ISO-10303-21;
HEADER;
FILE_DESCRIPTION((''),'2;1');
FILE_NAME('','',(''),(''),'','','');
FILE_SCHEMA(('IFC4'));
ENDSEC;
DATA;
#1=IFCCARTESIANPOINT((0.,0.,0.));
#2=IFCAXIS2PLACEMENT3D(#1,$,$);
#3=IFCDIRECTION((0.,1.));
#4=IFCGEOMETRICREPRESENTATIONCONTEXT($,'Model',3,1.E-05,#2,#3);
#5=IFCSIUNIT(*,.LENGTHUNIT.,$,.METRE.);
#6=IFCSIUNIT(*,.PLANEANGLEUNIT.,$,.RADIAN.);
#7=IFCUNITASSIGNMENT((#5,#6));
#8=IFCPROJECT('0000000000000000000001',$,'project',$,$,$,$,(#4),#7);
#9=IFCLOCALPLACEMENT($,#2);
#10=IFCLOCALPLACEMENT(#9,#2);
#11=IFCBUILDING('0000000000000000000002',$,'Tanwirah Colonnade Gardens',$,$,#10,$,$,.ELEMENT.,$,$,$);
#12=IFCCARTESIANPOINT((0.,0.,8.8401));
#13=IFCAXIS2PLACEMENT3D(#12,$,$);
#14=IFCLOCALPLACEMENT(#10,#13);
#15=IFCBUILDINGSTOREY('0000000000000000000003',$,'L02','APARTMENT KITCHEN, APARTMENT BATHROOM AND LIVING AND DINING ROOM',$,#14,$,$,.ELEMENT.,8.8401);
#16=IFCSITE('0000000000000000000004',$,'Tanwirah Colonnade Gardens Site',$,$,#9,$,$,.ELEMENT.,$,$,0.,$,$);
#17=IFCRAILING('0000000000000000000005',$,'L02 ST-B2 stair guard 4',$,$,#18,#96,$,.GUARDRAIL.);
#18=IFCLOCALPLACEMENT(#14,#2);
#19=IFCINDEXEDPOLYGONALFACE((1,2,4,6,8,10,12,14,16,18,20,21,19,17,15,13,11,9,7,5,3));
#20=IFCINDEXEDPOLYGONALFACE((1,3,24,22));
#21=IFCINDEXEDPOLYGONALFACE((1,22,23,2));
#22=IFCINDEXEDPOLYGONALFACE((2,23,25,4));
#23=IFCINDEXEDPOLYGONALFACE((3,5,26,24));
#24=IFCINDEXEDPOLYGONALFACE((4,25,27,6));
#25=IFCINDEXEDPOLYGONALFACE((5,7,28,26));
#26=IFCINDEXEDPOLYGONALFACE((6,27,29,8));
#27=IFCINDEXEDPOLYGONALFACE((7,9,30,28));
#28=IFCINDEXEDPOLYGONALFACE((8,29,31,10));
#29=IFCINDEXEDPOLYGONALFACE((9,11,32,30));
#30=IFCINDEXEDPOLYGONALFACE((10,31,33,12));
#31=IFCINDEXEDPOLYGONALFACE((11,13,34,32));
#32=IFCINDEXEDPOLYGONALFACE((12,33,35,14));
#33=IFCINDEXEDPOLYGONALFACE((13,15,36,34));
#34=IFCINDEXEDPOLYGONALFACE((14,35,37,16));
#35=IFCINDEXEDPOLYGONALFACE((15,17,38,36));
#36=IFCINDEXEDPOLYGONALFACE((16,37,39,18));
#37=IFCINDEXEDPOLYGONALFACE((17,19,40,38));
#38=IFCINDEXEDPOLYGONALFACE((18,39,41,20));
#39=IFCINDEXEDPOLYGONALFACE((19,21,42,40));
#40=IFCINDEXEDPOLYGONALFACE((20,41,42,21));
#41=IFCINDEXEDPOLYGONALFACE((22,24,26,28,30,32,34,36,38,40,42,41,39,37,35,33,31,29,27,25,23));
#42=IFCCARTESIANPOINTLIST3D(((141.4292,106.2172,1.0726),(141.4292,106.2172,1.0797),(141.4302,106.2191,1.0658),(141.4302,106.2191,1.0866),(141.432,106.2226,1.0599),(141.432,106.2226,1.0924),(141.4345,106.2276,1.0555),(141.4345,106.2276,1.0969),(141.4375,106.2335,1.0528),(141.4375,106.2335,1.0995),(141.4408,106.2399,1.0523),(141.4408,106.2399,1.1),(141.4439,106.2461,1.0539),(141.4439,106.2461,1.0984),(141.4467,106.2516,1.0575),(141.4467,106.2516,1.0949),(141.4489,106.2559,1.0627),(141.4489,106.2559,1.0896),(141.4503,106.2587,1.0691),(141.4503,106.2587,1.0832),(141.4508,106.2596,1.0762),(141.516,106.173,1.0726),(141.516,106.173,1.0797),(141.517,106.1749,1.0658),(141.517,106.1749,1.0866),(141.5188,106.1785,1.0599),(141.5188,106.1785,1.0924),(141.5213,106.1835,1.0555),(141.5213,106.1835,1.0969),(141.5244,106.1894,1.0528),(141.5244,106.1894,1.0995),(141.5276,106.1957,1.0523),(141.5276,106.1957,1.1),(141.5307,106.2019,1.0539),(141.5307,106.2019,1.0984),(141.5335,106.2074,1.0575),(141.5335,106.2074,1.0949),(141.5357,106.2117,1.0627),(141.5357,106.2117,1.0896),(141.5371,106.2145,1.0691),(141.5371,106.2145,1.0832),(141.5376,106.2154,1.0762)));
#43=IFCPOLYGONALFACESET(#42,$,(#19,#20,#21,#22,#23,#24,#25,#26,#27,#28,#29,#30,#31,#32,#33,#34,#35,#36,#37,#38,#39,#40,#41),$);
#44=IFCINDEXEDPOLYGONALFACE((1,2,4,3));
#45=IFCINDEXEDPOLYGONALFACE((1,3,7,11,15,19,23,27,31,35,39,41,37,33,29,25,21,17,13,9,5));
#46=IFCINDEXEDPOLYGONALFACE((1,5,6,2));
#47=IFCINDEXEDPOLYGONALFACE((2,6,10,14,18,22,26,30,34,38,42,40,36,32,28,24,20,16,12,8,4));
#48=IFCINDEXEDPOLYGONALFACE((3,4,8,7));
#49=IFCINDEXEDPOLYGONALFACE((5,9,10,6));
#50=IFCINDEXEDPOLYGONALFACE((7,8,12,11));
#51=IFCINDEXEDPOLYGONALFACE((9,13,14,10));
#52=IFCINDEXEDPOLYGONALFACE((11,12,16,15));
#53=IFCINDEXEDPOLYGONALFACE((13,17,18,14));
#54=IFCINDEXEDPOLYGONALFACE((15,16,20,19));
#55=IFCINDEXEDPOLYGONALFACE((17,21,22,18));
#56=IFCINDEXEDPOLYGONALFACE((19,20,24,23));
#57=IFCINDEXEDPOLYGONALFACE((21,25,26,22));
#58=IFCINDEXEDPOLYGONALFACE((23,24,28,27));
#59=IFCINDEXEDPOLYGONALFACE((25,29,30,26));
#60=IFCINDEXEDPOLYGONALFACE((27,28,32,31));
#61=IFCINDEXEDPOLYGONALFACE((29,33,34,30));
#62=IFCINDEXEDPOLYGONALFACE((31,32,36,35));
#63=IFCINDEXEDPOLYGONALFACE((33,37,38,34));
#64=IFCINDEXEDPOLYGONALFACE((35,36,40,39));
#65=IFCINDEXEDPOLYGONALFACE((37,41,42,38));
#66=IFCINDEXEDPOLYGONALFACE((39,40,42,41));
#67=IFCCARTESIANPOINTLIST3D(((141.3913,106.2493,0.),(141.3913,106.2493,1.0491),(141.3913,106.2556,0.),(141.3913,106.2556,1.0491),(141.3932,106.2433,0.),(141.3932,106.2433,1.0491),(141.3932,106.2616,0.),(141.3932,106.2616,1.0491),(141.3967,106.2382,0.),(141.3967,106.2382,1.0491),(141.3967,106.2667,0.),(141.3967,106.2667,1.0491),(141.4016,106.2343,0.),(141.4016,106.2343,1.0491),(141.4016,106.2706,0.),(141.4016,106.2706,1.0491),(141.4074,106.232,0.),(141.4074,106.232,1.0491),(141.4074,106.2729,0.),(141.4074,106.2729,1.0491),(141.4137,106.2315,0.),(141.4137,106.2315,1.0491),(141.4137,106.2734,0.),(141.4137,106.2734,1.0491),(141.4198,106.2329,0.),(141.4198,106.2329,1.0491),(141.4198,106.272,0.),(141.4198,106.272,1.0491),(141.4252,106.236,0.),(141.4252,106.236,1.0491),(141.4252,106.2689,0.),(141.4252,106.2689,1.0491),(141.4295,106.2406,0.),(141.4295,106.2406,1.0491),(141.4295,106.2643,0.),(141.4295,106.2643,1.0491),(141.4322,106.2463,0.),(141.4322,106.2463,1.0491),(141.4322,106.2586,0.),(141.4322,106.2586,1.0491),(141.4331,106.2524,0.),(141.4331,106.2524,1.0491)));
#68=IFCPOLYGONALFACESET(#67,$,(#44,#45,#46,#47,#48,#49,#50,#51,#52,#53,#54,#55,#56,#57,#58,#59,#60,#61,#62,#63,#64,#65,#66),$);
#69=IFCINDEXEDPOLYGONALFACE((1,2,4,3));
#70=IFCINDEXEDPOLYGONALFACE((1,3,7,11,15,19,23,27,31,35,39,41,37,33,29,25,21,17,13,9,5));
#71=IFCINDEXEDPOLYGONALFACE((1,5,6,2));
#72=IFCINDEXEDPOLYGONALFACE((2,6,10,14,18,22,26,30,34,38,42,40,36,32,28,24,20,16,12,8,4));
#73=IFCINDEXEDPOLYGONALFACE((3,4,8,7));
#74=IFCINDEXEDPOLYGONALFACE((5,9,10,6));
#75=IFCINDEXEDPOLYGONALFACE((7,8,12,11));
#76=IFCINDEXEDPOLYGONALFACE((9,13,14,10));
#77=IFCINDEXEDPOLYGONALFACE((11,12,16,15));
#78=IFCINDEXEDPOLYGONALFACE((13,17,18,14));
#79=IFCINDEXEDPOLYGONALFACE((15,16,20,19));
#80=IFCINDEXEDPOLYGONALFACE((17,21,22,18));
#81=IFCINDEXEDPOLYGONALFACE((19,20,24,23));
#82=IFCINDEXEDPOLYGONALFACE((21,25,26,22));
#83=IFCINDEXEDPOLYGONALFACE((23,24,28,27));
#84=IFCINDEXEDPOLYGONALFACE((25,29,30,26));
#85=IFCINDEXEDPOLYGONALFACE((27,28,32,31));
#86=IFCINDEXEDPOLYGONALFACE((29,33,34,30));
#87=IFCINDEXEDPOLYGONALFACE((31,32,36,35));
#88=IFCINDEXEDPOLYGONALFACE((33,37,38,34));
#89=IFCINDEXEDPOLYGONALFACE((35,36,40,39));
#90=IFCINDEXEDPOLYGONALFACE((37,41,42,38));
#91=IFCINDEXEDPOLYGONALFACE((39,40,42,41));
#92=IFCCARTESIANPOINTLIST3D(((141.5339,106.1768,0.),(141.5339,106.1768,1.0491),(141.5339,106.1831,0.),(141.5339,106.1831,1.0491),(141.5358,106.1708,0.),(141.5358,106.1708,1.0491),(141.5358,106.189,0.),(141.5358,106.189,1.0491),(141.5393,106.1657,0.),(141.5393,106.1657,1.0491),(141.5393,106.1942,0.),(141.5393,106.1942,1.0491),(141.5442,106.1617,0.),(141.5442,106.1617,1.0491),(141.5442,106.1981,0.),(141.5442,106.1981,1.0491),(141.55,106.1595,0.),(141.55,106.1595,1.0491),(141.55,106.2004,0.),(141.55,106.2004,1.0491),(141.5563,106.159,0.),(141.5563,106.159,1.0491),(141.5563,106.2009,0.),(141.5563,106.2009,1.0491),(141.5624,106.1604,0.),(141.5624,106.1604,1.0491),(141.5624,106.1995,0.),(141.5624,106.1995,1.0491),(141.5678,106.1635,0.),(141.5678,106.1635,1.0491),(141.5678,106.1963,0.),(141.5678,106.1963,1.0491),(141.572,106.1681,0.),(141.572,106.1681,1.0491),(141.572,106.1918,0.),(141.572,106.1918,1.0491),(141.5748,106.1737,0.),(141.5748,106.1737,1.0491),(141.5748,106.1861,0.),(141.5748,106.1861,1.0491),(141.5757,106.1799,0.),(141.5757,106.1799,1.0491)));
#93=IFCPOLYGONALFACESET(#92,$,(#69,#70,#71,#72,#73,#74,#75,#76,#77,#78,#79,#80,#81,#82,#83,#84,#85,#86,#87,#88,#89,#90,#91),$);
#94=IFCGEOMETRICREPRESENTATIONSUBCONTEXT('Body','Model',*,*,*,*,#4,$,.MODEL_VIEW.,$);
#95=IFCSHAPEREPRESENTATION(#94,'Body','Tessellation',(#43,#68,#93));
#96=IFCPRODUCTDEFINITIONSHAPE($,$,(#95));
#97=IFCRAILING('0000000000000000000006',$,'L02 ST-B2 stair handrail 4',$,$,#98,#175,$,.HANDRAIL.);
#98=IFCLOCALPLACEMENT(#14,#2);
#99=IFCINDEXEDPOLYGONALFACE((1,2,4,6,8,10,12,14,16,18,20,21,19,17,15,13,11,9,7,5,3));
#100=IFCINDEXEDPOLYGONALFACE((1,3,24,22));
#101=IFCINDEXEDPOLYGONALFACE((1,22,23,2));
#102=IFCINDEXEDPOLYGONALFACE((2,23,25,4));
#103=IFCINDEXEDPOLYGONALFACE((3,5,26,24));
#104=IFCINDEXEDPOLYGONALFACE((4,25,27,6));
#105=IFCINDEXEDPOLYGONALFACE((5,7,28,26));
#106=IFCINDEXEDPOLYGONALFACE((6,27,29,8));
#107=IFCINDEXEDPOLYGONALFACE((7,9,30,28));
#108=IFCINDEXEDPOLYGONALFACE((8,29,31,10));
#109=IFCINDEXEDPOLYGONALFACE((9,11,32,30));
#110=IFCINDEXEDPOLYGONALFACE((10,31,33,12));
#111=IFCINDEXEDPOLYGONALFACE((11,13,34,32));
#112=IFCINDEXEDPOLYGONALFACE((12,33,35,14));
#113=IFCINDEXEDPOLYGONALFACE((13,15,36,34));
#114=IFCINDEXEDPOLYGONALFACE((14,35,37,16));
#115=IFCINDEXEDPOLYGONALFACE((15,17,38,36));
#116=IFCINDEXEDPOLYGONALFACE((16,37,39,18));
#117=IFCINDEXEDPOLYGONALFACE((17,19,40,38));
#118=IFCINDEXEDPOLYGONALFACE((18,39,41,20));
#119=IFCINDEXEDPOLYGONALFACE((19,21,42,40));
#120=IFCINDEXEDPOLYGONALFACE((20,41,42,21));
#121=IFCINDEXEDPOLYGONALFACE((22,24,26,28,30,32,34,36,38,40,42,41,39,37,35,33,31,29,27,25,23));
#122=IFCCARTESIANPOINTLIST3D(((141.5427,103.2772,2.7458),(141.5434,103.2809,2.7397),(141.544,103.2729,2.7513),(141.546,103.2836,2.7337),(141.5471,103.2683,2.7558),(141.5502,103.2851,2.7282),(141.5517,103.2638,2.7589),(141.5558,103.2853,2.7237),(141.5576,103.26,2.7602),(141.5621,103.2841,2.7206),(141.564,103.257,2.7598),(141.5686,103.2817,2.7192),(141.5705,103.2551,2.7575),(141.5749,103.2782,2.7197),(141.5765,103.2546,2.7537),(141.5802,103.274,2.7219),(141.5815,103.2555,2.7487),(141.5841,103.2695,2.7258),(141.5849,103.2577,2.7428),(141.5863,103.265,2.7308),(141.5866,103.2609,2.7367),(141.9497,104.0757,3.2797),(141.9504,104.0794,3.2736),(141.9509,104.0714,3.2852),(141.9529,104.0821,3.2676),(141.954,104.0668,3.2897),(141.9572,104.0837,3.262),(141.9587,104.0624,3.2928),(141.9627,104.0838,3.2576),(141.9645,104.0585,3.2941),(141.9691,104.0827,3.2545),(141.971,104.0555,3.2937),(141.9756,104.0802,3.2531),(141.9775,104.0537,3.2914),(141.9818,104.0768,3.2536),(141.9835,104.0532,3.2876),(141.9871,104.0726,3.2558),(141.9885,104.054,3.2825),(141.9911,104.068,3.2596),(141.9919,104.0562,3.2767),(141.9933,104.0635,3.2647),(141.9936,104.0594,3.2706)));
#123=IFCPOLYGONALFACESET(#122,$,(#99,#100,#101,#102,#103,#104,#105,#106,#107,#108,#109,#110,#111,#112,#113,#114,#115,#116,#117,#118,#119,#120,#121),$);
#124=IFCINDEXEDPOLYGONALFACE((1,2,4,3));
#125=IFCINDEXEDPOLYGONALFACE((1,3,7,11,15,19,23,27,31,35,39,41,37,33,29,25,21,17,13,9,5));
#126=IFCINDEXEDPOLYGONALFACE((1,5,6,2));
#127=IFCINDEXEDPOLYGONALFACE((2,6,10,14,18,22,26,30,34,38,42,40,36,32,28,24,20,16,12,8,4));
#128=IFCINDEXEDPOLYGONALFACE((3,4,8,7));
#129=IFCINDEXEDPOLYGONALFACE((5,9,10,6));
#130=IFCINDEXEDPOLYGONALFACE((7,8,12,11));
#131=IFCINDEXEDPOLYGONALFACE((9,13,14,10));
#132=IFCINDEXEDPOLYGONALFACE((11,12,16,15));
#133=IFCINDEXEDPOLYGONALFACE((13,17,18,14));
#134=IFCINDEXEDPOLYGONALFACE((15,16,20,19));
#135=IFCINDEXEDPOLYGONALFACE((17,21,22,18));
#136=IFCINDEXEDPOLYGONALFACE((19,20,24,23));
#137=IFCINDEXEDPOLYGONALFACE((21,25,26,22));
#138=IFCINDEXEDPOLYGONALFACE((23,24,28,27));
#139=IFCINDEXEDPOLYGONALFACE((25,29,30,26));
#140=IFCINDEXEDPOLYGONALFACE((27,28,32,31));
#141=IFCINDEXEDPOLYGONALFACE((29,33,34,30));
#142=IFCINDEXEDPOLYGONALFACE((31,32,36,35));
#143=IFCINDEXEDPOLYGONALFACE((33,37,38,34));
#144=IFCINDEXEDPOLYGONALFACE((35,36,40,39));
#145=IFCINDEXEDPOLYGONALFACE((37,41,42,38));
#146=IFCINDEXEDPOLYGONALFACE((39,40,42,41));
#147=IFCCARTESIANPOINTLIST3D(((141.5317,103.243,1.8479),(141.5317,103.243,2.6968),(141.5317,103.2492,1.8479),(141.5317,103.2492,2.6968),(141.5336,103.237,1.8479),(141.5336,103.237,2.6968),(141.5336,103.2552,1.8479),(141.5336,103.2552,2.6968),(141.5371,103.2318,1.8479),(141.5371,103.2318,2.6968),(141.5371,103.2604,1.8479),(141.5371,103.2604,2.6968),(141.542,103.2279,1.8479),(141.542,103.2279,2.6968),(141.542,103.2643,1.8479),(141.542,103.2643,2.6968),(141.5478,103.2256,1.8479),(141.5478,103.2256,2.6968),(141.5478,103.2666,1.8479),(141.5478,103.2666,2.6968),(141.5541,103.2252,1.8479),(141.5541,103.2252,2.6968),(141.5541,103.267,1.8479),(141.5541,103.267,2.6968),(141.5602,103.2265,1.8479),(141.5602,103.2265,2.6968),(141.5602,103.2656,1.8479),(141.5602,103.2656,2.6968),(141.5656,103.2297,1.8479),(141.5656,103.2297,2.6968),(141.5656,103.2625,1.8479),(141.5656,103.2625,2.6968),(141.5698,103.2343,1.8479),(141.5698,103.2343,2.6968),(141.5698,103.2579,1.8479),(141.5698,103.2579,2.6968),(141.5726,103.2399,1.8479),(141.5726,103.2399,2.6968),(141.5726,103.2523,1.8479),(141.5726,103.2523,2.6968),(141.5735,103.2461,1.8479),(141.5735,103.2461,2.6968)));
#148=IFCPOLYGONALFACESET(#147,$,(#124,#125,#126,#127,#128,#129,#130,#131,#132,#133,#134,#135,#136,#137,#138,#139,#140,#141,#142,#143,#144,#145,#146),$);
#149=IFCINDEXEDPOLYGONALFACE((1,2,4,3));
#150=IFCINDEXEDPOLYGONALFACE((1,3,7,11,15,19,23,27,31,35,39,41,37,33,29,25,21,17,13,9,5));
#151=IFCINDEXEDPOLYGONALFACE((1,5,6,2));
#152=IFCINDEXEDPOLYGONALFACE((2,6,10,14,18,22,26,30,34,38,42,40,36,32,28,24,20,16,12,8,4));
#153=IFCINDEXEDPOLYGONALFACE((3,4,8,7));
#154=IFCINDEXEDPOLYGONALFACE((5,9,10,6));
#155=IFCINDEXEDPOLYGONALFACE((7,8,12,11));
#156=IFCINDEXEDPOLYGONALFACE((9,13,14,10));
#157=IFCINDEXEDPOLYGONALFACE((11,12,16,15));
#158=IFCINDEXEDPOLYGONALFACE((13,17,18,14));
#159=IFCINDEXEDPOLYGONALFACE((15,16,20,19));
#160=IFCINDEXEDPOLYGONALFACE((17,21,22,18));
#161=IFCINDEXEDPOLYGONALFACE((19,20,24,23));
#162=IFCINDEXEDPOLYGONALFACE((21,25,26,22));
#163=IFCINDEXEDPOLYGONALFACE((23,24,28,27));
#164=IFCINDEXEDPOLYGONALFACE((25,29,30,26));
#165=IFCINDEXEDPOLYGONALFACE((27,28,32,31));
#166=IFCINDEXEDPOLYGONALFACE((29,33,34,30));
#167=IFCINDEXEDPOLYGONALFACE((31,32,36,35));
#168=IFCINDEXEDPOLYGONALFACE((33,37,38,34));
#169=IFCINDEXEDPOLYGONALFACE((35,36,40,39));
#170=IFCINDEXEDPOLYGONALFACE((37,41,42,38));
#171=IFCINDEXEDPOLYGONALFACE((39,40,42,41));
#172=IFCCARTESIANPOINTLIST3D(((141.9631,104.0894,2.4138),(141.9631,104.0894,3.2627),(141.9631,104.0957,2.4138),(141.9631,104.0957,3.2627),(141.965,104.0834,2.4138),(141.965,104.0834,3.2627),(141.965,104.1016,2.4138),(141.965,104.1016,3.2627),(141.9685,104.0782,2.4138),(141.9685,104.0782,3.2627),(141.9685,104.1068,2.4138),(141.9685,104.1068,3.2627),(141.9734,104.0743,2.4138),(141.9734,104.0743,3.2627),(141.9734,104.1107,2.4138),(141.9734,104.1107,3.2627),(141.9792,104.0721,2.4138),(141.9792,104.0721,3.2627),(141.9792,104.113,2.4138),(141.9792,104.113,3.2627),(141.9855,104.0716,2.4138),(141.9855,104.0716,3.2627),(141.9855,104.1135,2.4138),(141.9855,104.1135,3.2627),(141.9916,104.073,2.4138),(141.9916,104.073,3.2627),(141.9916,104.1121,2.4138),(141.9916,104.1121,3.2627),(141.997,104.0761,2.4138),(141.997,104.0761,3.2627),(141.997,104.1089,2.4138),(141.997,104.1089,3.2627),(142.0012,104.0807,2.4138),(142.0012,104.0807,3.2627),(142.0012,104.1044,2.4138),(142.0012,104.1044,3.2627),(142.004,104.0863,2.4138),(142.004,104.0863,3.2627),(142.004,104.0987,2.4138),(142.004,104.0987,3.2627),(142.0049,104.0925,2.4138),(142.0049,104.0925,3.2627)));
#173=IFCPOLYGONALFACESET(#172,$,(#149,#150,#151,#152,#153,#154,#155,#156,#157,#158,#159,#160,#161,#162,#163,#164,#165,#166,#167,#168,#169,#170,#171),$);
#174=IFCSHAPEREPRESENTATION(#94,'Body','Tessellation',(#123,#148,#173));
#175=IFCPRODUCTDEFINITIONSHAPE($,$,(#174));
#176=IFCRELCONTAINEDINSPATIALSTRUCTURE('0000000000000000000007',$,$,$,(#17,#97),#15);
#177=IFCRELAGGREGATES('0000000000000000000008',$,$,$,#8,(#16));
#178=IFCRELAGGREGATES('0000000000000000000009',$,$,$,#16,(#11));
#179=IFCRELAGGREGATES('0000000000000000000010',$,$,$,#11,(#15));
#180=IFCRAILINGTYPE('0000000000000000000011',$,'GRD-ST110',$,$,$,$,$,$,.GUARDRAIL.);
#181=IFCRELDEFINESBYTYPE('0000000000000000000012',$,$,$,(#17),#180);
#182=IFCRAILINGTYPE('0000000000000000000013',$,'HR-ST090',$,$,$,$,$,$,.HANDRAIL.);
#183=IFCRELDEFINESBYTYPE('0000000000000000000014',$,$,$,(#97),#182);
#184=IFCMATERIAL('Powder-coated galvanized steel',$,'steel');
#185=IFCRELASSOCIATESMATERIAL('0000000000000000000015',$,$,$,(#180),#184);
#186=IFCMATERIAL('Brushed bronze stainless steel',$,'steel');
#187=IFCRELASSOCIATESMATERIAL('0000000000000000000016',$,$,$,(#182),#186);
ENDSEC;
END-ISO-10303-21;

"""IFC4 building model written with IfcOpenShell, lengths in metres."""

from ifc_helpers import new_model, si_unit, direction, frame, origin, origin_2d, place, context, subcontext, project, spatial, circle, extrude, material, type_object, element, save


model = new_model("IFC4")

# Units and contexts
model_context = context("Model", 3, precision=1e-05, world=origin(), true_north=direction((0.0, 1.0)))
body_context = subcontext(model_context, "Body", "Model", "MODEL_VIEW")
ifc_project = project(units=[si_unit("LENGTHUNIT", "METRE"), si_unit("PLANEANGLEUNIT", "RADIAN")], contexts=[model_context])

# Site, building, storey
site_placement = place(None, origin())
site = spatial("IfcSite", under=ifc_project, at=site_placement, Name="Tanwirah Colonnade Gardens Site", CompositionType="ELEMENT", RefElevation=0.0)
building_placement = place(site_placement, origin())
building = spatial("IfcBuilding", under=site, at=building_placement, Name="Tanwirah Colonnade Gardens", CompositionType="ELEMENT")
storey_placement = place(building_placement, frame((0.0, 0.0, 8.8401)))
storey = spatial("IfcBuildingStorey", under=building, at=storey_placement, Name="L02", Description="APARTMENT KITCHEN, APARTMENT BATHROOM AND LIVING AND DINING ROOM", CompositionType="ELEMENT", Elevation=8.8401)

# Railings
ifc_material_1 = material(Name="Powder-coated galvanized steel", Category="steel")
railing_type_1 = type_object("IfcRailingType", Name="GRD-ST110", PredefinedType="GUARDRAIL", material=ifc_material_1)
railing_1_placement = place(storey_placement, frame((141.4121, 106.2524, 0.0)))
element("IfcRailing", 1, at=railing_1_placement, inside=storey, type_object=railing_type_1, Name="L02 ST-B2 stair guard 4", PredefinedType="GUARDRAIL", context=body_context, shape_type="SweptSolid", body=[
    extrude(circle(Radius=0.0239, at=origin_2d()), frame((0.0278, -0.0142, 1.0762), z_axis=(0.891354, -0.453308, 0.0), x_axis=(0.453308, 0.891354, 0.0)), (0.0, 0.0, 1.0), 0.0974),
    extrude(circle(Radius=0.021, at=origin_2d()), origin(), (0.0, 0.0, 1.0), 1.0491),
    extrude(circle(Radius=0.021, at=origin_2d()), frame((0.1426, -0.0725, 0.0)), (0.0, 0.0, 1.0), 1.0491),
])
ifc_material_2 = material(Name="Brushed bronze stainless steel", Category="steel")
railing_type_2 = type_object("IfcRailingType", Name="HR-ST090", PredefinedType="HANDRAIL", material=ifc_material_2)
railing_2_placement = place(storey_placement, frame((141.5525, 103.2461, 1.8479)))
element("IfcRailing", 2, at=railing_2_placement, inside=storey, type_object=railing_type_2, Name="L02 ST-B2 stair handrail 4", PredefinedType="HANDRAIL", context=body_context, shape_type="SweptSolid", body=[
    extrude(circle(Radius=0.0239, at=origin_2d()), frame((0.0122, 0.0239, 0.8918), z_axis=(0.390118, 0.765443, 0.511767), x_axis=(-0.890957, 0.454087, 0.0)), (0.0, 0.0, 1.0), 1.0432),
    extrude(circle(Radius=0.021, at=origin_2d()), origin(), (0.0, 0.0, 1.0), 0.8489),
    extrude(circle(Radius=0.021, at=origin_2d()), frame((0.4314, 0.8464, 0.5659)), (0.0, 0.0, 1.0), 0.8489),
])

save(model, "model.ifc")
